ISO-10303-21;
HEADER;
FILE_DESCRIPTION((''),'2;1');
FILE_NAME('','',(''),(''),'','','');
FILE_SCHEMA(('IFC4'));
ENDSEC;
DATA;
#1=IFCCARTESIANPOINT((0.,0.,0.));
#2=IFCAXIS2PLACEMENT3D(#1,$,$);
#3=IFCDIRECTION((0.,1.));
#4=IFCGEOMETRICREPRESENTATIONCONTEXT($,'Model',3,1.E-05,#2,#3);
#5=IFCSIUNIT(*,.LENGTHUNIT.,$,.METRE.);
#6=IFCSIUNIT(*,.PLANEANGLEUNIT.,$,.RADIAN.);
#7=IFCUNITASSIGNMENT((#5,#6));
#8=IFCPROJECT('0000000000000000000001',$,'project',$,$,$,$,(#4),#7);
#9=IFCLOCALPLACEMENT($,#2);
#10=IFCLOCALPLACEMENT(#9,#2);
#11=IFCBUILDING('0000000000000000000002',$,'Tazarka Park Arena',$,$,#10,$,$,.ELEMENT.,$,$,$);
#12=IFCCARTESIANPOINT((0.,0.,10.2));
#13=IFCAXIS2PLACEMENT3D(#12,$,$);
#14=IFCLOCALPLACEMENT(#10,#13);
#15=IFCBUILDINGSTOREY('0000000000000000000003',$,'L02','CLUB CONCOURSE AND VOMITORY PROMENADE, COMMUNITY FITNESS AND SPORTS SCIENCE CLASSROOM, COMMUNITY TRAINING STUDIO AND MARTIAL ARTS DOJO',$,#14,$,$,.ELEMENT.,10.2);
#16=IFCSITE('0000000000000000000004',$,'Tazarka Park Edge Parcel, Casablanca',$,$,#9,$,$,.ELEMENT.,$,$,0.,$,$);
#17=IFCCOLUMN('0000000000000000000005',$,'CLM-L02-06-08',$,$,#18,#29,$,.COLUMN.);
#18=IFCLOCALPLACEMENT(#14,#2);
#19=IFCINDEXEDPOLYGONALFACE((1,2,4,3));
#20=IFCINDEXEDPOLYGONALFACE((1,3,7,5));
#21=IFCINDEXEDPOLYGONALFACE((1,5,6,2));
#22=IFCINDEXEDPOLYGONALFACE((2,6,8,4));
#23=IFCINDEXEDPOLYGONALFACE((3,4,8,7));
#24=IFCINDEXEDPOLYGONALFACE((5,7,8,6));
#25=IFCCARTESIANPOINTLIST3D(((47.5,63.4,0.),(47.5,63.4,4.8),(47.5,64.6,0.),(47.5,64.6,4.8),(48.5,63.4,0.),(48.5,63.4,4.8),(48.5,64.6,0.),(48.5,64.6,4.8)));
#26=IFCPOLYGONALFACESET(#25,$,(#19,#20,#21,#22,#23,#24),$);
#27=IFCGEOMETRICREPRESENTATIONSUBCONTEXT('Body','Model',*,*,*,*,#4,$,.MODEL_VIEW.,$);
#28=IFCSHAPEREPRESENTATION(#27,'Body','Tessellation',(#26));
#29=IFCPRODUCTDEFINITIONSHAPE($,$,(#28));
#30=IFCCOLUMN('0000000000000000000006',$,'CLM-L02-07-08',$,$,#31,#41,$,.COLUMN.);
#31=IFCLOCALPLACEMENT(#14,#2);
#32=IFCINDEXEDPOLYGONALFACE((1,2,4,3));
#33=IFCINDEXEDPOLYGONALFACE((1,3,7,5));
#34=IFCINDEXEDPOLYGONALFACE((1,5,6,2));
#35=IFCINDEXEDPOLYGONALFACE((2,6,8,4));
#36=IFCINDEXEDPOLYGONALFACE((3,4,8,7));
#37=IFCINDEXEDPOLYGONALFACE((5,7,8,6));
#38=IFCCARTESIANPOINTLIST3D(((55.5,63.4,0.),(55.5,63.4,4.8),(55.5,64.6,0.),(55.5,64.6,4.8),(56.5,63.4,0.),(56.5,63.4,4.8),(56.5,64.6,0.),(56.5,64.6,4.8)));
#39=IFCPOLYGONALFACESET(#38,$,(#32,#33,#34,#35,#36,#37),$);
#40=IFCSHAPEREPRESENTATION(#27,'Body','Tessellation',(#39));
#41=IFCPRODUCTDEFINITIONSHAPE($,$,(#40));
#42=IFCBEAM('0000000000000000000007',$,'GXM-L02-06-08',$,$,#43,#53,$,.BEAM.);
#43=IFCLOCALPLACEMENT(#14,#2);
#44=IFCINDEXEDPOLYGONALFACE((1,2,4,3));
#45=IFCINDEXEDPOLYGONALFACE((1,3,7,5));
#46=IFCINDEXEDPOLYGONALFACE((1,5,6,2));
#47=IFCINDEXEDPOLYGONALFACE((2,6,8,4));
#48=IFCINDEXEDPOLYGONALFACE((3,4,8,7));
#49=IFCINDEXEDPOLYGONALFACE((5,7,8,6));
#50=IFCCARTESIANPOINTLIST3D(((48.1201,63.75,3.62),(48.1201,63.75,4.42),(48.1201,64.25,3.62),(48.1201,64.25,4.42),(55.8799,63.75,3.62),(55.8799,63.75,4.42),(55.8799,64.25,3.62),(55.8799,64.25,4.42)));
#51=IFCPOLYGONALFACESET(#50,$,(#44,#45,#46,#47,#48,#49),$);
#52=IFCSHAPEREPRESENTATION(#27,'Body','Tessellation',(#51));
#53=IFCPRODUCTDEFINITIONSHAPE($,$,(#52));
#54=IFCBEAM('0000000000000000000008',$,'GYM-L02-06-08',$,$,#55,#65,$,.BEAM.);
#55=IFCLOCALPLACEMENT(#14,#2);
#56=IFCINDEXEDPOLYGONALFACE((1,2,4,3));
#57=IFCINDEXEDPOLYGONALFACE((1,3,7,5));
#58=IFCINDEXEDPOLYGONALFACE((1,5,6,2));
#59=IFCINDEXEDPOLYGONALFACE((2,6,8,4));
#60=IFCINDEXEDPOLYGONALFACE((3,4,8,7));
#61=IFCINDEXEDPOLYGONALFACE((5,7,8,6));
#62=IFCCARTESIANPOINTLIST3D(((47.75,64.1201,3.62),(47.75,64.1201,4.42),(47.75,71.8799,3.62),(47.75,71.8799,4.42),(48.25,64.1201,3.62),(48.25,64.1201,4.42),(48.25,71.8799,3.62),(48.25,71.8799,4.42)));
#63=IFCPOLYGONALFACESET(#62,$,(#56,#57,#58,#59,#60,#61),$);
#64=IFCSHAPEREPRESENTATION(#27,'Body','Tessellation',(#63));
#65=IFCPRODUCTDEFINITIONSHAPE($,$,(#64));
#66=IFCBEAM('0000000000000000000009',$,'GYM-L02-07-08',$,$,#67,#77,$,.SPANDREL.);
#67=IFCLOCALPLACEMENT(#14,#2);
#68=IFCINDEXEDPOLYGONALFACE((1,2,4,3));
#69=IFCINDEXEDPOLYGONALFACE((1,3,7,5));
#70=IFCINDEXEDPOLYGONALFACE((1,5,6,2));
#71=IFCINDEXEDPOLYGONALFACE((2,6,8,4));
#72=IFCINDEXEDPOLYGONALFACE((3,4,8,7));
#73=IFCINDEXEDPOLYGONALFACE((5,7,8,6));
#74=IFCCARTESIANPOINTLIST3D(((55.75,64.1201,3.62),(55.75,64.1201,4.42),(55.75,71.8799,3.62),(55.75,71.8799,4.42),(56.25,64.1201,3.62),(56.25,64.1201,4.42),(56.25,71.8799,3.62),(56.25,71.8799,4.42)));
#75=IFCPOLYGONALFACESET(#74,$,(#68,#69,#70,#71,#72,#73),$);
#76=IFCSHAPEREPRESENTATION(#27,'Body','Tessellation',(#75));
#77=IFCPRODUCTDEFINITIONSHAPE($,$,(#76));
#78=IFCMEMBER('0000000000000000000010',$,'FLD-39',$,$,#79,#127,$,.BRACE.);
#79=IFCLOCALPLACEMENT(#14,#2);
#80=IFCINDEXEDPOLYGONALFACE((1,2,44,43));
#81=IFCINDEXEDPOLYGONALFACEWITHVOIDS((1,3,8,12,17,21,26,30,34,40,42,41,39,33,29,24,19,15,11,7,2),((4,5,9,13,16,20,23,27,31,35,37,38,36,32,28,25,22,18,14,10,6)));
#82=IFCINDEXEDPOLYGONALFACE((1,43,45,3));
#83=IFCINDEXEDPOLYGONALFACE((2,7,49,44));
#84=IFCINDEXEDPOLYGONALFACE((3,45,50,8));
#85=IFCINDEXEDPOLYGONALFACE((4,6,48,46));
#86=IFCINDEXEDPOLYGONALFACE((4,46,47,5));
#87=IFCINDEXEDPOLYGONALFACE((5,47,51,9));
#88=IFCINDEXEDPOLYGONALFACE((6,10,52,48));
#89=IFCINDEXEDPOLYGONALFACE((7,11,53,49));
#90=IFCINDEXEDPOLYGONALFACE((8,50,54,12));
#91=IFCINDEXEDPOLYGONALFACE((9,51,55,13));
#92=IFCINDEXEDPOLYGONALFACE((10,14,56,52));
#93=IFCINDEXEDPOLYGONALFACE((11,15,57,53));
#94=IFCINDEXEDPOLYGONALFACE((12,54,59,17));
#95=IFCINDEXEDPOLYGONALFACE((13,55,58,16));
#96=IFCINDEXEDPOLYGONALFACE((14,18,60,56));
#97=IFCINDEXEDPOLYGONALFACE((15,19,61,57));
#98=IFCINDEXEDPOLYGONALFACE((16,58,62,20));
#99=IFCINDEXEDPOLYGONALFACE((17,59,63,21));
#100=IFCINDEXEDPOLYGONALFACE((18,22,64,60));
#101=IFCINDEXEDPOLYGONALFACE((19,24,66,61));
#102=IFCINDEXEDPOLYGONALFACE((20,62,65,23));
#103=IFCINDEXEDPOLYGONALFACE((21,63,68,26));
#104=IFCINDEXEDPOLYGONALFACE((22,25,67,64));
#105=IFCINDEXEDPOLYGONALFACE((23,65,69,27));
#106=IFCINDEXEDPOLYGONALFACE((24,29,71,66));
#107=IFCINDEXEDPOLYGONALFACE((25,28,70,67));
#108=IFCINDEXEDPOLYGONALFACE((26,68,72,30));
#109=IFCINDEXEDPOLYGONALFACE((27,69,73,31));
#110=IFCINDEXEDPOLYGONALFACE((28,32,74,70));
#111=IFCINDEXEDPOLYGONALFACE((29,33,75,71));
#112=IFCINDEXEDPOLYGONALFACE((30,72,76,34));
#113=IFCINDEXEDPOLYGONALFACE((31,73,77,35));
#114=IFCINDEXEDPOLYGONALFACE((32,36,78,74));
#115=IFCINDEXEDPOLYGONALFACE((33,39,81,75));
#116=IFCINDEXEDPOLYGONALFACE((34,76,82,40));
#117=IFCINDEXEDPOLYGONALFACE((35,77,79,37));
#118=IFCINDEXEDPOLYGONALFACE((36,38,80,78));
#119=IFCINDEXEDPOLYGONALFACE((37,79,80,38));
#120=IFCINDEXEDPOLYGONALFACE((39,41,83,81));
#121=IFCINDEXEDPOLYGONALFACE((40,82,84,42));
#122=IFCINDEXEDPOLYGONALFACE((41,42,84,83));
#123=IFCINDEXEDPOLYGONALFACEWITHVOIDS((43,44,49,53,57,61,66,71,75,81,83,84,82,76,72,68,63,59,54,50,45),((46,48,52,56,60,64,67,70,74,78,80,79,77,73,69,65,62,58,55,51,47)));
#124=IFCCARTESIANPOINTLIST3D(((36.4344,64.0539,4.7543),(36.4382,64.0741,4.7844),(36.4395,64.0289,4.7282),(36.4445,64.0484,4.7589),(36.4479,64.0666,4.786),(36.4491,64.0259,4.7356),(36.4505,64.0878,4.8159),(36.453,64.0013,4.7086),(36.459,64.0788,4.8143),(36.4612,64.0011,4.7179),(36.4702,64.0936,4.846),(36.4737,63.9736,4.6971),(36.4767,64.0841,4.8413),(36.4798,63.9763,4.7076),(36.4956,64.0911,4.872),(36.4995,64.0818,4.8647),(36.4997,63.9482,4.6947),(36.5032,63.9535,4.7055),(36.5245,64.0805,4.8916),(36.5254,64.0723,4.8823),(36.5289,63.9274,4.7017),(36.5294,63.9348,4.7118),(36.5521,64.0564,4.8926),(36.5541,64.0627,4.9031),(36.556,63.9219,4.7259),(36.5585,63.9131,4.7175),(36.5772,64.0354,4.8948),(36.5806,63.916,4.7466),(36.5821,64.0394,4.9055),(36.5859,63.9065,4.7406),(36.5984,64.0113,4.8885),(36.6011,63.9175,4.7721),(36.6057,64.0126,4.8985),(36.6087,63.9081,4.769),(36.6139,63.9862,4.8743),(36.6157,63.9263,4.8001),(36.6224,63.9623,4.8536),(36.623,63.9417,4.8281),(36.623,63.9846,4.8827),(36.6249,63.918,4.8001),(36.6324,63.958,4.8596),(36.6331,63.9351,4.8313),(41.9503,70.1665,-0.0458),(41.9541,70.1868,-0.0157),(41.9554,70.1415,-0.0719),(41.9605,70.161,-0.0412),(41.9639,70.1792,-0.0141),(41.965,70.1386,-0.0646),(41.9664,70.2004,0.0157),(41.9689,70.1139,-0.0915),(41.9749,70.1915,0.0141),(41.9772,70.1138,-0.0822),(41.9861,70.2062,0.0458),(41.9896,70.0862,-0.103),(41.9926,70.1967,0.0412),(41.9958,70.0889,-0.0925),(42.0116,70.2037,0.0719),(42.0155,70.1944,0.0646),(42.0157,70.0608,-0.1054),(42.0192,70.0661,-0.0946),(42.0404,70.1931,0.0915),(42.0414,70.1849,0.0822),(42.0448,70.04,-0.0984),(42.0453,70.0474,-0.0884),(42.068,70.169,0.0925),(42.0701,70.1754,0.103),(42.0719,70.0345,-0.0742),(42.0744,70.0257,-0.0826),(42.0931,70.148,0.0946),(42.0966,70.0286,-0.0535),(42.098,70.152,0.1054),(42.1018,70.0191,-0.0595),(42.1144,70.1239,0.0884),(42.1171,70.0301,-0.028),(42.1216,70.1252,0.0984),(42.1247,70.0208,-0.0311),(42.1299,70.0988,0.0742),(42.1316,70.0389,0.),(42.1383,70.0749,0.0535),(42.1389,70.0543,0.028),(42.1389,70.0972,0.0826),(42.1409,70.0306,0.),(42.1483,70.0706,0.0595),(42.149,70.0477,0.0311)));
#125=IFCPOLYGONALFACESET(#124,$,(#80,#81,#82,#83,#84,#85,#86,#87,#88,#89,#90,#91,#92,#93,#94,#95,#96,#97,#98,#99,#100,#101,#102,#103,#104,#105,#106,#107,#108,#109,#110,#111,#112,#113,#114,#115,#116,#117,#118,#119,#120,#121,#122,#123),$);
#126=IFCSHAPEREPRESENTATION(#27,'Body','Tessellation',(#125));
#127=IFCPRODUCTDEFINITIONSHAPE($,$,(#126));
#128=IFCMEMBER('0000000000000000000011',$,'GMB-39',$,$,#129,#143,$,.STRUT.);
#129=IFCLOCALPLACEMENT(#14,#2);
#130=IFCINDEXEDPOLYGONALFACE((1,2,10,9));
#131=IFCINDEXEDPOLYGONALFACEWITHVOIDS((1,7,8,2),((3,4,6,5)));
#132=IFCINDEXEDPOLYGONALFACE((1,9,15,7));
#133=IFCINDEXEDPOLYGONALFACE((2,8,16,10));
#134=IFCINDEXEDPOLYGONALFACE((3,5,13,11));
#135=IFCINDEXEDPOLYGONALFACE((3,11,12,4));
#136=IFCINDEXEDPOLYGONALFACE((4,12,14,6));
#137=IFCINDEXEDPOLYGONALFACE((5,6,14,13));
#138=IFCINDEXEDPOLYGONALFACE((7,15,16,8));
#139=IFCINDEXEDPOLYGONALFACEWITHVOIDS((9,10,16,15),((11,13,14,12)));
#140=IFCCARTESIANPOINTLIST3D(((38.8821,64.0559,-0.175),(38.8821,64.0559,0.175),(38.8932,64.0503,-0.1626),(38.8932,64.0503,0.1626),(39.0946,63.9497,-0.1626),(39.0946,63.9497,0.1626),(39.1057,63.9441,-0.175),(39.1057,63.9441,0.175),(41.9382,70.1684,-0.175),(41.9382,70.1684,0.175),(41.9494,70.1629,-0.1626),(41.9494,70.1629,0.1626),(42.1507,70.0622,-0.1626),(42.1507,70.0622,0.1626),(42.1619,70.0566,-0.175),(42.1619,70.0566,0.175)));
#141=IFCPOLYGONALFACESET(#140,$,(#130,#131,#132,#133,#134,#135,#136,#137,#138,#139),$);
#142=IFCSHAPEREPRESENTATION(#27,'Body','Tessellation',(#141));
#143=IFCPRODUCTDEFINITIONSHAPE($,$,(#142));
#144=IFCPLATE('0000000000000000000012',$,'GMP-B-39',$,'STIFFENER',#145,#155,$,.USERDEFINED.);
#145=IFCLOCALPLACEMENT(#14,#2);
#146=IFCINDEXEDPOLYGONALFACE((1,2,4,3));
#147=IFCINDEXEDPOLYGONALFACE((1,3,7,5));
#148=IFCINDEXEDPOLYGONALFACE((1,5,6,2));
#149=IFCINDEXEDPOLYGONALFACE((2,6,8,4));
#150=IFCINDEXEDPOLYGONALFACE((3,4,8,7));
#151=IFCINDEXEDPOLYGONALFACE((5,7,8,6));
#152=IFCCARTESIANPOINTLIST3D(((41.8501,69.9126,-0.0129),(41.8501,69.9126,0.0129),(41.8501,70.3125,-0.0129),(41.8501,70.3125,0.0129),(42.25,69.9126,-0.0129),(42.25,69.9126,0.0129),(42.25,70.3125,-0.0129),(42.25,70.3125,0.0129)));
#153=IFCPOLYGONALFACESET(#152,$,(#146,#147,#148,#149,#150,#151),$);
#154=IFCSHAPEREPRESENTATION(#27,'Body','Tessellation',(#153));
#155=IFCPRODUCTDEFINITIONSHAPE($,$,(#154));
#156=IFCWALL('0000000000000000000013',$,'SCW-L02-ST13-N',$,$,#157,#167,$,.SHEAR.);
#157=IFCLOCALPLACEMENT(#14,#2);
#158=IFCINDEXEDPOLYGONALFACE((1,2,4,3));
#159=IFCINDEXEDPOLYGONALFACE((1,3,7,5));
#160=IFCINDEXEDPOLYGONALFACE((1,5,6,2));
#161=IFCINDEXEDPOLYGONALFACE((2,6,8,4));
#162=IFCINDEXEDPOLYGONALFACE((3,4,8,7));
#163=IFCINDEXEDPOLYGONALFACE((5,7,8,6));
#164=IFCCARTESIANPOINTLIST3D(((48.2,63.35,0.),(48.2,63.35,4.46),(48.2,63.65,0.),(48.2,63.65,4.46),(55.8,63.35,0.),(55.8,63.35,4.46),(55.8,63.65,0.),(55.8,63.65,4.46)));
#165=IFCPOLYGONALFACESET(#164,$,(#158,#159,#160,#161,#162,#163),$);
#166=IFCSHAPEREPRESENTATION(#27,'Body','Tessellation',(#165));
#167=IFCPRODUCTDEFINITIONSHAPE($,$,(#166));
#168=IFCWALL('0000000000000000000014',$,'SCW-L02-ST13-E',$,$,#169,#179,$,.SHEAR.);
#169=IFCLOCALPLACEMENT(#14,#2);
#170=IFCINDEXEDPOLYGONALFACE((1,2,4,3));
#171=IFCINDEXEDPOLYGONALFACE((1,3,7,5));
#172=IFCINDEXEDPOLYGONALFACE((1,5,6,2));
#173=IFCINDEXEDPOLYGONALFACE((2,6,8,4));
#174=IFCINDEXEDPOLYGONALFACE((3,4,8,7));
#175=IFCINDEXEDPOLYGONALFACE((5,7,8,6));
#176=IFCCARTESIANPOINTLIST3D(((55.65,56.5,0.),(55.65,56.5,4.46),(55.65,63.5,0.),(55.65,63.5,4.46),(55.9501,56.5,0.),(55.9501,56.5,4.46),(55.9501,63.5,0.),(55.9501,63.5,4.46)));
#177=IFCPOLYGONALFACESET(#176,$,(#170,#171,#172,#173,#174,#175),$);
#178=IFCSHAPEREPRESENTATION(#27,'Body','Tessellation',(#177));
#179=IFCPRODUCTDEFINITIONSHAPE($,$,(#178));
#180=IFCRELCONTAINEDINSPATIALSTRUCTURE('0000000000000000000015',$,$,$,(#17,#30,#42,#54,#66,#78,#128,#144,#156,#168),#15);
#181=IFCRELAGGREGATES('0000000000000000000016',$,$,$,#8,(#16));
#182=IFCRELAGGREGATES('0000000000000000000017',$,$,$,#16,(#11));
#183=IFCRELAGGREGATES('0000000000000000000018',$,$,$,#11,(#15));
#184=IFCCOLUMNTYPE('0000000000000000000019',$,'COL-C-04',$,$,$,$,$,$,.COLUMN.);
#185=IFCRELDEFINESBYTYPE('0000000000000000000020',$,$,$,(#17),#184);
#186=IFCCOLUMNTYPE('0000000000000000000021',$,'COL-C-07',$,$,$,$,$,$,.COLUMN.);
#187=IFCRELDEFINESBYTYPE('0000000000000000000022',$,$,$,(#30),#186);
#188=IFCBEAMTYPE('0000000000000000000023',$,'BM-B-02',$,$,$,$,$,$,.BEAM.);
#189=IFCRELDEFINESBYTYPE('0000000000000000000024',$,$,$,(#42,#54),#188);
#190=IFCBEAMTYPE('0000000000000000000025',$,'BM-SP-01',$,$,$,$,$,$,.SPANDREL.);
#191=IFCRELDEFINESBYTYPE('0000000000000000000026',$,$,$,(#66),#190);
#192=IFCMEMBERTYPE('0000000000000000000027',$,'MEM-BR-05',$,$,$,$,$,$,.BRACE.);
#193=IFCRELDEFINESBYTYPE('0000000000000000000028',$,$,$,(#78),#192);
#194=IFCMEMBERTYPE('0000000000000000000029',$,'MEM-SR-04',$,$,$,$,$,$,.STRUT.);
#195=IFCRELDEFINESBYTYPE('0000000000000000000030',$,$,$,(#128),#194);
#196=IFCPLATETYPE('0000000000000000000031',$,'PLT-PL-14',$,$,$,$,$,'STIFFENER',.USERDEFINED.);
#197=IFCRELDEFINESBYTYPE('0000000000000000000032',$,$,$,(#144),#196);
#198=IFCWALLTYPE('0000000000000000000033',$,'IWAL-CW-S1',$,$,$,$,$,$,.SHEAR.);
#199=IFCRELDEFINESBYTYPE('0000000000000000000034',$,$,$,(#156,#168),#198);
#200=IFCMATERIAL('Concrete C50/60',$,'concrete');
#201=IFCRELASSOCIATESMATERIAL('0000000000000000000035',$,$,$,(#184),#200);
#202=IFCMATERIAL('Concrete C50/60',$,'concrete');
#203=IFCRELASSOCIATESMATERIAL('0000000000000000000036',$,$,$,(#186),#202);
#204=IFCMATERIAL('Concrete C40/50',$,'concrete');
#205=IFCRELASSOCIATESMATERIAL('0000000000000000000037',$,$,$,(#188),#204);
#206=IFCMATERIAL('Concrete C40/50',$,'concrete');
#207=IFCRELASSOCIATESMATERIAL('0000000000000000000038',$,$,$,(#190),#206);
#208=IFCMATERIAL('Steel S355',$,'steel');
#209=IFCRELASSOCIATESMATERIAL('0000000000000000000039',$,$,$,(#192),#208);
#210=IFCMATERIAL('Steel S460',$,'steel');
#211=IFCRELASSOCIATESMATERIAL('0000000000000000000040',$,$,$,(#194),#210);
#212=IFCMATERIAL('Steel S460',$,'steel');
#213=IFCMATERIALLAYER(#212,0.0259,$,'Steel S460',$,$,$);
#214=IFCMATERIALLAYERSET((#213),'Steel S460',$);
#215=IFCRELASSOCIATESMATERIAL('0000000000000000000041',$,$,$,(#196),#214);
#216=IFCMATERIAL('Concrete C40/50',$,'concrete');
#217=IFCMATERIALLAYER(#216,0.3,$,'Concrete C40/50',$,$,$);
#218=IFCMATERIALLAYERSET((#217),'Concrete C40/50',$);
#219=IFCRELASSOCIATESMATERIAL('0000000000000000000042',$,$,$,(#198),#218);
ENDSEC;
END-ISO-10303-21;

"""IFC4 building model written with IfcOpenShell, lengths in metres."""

from ifc_helpers import new_model, si_unit, direction, frame, frame_2d, origin, origin_2d, place, context, subcontext, project, spatial, rectangle, hollow_rectangle, hollow_circle, extrude, material, layer, layer_set, material_profile, profile_set, type_object, element, save


model = new_model("IFC4")

# Units and contexts
model_context = context("Model", 3, precision=1e-05, world=origin(), true_north=direction((0.0, 1.0)))
body_context = subcontext(model_context, "Body", "Model", "MODEL_VIEW")
ifc_project = project(units=[si_unit("LENGTHUNIT", "METRE"), si_unit("PLANEANGLEUNIT", "RADIAN")], contexts=[model_context])

# Site, building, storey
site_placement = place(None, origin())
site = spatial("IfcSite", under=ifc_project, at=site_placement, Name="Tazarka Park Edge Parcel, Casablanca", CompositionType="ELEMENT", RefElevation=0.0)
building_placement = place(site_placement, origin())
building = spatial("IfcBuilding", under=site, at=building_placement, Name="Tazarka Park Arena", CompositionType="ELEMENT")
storey_placement = place(building_placement, frame((0.0, 0.0, 10.2)))
storey = spatial("IfcBuildingStorey", under=building, at=storey_placement, Name="L02", Description="CLUB CONCOURSE AND VOMITORY PROMENADE, COMMUNITY FITNESS AND SPORTS SCIENCE CLASSROOM, COMMUNITY TRAINING STUDIO AND MARTIAL ARTS DOJO", CompositionType="ELEMENT", Elevation=10.2)

# Columns
ifc_material_1 = material(Name="Concrete C50/60", Category="concrete")
ifc_material_profile_1 = material_profile(ifc_material_1, rectangle(XDim=1.0, YDim=1.2, at=origin_2d()), Name="Concrete C50/60")
ifc_profile_set_1 = profile_set([ifc_material_profile_1], Name="Concrete C50/60")
column_type_1 = type_object("IfcColumnType", Name="COL-C-04", PredefinedType="COLUMN", material=ifc_profile_set_1)
column_1_placement = place(storey_placement, frame((48.0, 64.0, 0.0), z_axis=(0.0, 0.0, 1.0), x_axis=(1.0, 0.0, 0.0)))
element("IfcColumn", 1, at=column_1_placement, inside=storey, type_object=column_type_1, Name="CLM-L02-06-08", PredefinedType="COLUMN", context=body_context, shape_type="SweptSolid", body=[
    extrude(rectangle(XDim=1.0, YDim=1.2, at=origin_2d()), origin(), (0.0, 0.0, 1.0), 4.8),
])
ifc_material_2 = material(Name="Concrete C50/60", Category="concrete")
ifc_material_profile_2 = material_profile(ifc_material_2, rectangle(XDim=1.0, YDim=1.2, at=origin_2d()), Name="Concrete C50/60")
ifc_profile_set_2 = profile_set([ifc_material_profile_2], Name="Concrete C50/60")
column_type_2 = type_object("IfcColumnType", Name="COL-C-07", PredefinedType="COLUMN", material=ifc_profile_set_2)
column_2_placement = place(storey_placement, frame((56.0, 64.0, 0.0), z_axis=(0.0, 0.0, 1.0), x_axis=(1.0, 0.0, 0.0)))
element("IfcColumn", 2, at=column_2_placement, inside=storey, type_object=column_type_2, Name="CLM-L02-07-08", PredefinedType="COLUMN", context=body_context, shape_type="SweptSolid", body=[
    extrude(rectangle(XDim=1.0, YDim=1.2, at=origin_2d()), origin(), (0.0, 0.0, 1.0), 4.8),
])

# Beams
ifc_material_3 = material(Name="Concrete C40/50", Category="concrete")
ifc_material_profile_3 = material_profile(ifc_material_3, rectangle(XDim=0.5, YDim=0.8, at=origin_2d()), Name="Concrete C40/50")
ifc_profile_set_3 = profile_set([ifc_material_profile_3], Name="Concrete C40/50")
beam_type_1 = type_object("IfcBeamType", Name="BM-B-02", PredefinedType="BEAM", material=ifc_profile_set_3)
for number, where, z_axis, x_axis, name in (
    (3, (48.1201, 64.0, 4.02), (1.0, 0.0, 0.0), (0.0, 1.0, 0.0), "GXM-L02-06-08"),
    (4, (48.0, 64.1201, 4.02), (0.0, 1.0, 0.0), (-1.0, 0.0, 0.0), "GYM-L02-06-08"),
):
    element("IfcBeam", number, at=place(storey_placement, frame(where, z_axis=z_axis, x_axis=x_axis)), inside=storey, type_object=beam_type_1, Name=name, PredefinedType="BEAM", context=body_context, shape_type="SweptSolid", body=[
        extrude(rectangle(XDim=0.5, YDim=0.8, at=origin_2d()), origin(), (0.0, 0.0, 1.0), 7.7598),
    ])
ifc_material_4 = material(Name="Concrete C40/50", Category="concrete")
ifc_material_profile_4 = material_profile(ifc_material_4, rectangle(XDim=0.5, YDim=0.8, at=origin_2d()), Name="Concrete C40/50")
ifc_profile_set_4 = profile_set([ifc_material_profile_4], Name="Concrete C40/50")
beam_type_2 = type_object("IfcBeamType", Name="BM-SP-01", PredefinedType="SPANDREL", material=ifc_profile_set_4)
beam_placement = place(storey_placement, frame((56.0, 64.1201, 4.02), z_axis=(0.0, 1.0, 0.0), x_axis=(-1.0, 0.0, 0.0)))
element("IfcBeam", 5, at=beam_placement, inside=storey, type_object=beam_type_2, Name="GYM-L02-07-08", PredefinedType="SPANDREL", context=body_context, shape_type="SweptSolid", body=[
    extrude(rectangle(XDim=0.5, YDim=0.8, at=origin_2d()), origin(), (0.0, 0.0, 1.0), 7.7598),
])

# Members
ifc_material_5 = material(Name="Steel S355", Category="steel")
ifc_material_profile_5 = material_profile(ifc_material_5, hollow_circle(Radius=0.1223, WallThickness=0.0125, at=origin_2d()), Name="Steel S355")
ifc_profile_set_5 = profile_set([ifc_material_profile_5], Name="Steel S355")
member_type_1 = type_object("IfcMemberType", Name="MEM-BR-05", PredefinedType="BRACE", material=ifc_profile_set_5)
member_1_placement = place(storey_placement, frame((42.05, 70.1125, 0.0), z_axis=(-0.578766, -0.641374, 0.503657), x_axis=(0.742413, -0.669942, 0.0)))
element("IfcMember", 6, at=member_1_placement, inside=storey, type_object=member_type_1, Name="FLD-39", PredefinedType="BRACE", context=body_context, shape_type="SweptSolid", body=[
    extrude(hollow_circle(Radius=0.1223, WallThickness=0.0125, at=origin_2d()), origin(), (0.0, 0.0, 1.0), 9.5305),
])
ifc_material_6 = material(Name="Steel S460", Category="steel")
ifc_material_profile_6 = material_profile(ifc_material_6, hollow_rectangle(XDim=0.25, YDim=0.3501, WallThickness=0.0125, at=origin_2d()), Name="Steel S460")
ifc_profile_set_6 = profile_set([ifc_material_profile_6], Name="Steel S460")
member_type_2 = type_object("IfcMemberType", Name="MEM-SR-04", PredefinedType="STRUT", material=ifc_profile_set_6)
member_2_placement = place(storey_placement, frame((42.05, 70.1125, 0.0), z_axis=(-0.447199, -0.894434, 0.0), x_axis=(0.894434, -0.447199, 0.0)))
element("IfcMember", 7, at=member_2_placement, inside=storey, type_object=member_type_2, Name="GMB-39", PredefinedType="STRUT", context=body_context, shape_type="SweptSolid", body=[
    extrude(hollow_rectangle(XDim=0.25, YDim=0.3501, WallThickness=0.0125, at=origin_2d()), origin(), (0.0, 0.0, 1.0), 6.834),
])

# Plate
ifc_material_7 = material(Name="Steel S460", Category="steel")
ifc_layer_1 = layer(ifc_material_7, 0.0259, Name="Steel S460")
ifc_layer_set_1 = layer_set([ifc_layer_1], Name="Steel S460")
plate_type = type_object("IfcPlateType", Name="PLT-PL-14", ElementType="STIFFENER", PredefinedType="USERDEFINED", material=ifc_layer_set_1)
plate_placement = place(storey_placement, frame((42.05, 70.1125, -0.0129), z_axis=(0.0, 0.0, 1.0), x_axis=(1.0, 0.0, 0.0)))
element("IfcPlate", 8, at=plate_placement, inside=storey, type_object=plate_type, Name="GMP-B-39", ObjectType="STIFFENER", PredefinedType="USERDEFINED", context=body_context, shape_type="SweptSolid", body=[
    extrude(rectangle(XDim=0.3999, YDim=0.3999, at=origin_2d()), origin(), (0.0, 0.0, 1.0), 0.0259),
])

# Walls
ifc_material_8 = material(Name="Concrete C40/50", Category="concrete")
ifc_layer_2 = layer(ifc_material_8, 0.3, Name="Concrete C40/50")
ifc_layer_set_2 = layer_set([ifc_layer_2], Name="Concrete C40/50")
wall_type_1 = type_object("IfcWallType", Name="IWAL-CW-S1", PredefinedType="SHEAR", material=ifc_layer_set_2)
wall_1_placement = place(storey_placement, frame((48.2, 63.5, 0.0), z_axis=(0.0, 0.0, 1.0), x_axis=(1.0, 0.0, 0.0)))
element("IfcWall", 9, at=wall_1_placement, inside=storey, type_object=wall_type_1, Name="SCW-L02-ST13-N", PredefinedType="SHEAR", context=body_context, shape_type="SweptSolid", body=[
    extrude(rectangle(XDim=7.6001, YDim=0.3, at=frame_2d((3.8, 0.0))), origin(), (0.0, 0.0, 1.0), 4.46),
])
wall_2_placement = place(storey_placement, frame((55.8, 63.5, 0.0), z_axis=(0.0, 0.0, 1.0), x_axis=(0.0, -1.0, 0.0)))
element("IfcWall", 10, at=wall_2_placement, inside=storey, type_object=wall_type_1, Name="SCW-L02-ST13-E", PredefinedType="SHEAR", context=body_context, shape_type="SweptSolid", body=[
    extrude(rectangle(XDim=7.0, YDim=0.3, at=frame_2d((3.5, 0.0))), origin(), (0.0, 0.0, 1.0), 4.46),
])

save(model, "model.ifc")
